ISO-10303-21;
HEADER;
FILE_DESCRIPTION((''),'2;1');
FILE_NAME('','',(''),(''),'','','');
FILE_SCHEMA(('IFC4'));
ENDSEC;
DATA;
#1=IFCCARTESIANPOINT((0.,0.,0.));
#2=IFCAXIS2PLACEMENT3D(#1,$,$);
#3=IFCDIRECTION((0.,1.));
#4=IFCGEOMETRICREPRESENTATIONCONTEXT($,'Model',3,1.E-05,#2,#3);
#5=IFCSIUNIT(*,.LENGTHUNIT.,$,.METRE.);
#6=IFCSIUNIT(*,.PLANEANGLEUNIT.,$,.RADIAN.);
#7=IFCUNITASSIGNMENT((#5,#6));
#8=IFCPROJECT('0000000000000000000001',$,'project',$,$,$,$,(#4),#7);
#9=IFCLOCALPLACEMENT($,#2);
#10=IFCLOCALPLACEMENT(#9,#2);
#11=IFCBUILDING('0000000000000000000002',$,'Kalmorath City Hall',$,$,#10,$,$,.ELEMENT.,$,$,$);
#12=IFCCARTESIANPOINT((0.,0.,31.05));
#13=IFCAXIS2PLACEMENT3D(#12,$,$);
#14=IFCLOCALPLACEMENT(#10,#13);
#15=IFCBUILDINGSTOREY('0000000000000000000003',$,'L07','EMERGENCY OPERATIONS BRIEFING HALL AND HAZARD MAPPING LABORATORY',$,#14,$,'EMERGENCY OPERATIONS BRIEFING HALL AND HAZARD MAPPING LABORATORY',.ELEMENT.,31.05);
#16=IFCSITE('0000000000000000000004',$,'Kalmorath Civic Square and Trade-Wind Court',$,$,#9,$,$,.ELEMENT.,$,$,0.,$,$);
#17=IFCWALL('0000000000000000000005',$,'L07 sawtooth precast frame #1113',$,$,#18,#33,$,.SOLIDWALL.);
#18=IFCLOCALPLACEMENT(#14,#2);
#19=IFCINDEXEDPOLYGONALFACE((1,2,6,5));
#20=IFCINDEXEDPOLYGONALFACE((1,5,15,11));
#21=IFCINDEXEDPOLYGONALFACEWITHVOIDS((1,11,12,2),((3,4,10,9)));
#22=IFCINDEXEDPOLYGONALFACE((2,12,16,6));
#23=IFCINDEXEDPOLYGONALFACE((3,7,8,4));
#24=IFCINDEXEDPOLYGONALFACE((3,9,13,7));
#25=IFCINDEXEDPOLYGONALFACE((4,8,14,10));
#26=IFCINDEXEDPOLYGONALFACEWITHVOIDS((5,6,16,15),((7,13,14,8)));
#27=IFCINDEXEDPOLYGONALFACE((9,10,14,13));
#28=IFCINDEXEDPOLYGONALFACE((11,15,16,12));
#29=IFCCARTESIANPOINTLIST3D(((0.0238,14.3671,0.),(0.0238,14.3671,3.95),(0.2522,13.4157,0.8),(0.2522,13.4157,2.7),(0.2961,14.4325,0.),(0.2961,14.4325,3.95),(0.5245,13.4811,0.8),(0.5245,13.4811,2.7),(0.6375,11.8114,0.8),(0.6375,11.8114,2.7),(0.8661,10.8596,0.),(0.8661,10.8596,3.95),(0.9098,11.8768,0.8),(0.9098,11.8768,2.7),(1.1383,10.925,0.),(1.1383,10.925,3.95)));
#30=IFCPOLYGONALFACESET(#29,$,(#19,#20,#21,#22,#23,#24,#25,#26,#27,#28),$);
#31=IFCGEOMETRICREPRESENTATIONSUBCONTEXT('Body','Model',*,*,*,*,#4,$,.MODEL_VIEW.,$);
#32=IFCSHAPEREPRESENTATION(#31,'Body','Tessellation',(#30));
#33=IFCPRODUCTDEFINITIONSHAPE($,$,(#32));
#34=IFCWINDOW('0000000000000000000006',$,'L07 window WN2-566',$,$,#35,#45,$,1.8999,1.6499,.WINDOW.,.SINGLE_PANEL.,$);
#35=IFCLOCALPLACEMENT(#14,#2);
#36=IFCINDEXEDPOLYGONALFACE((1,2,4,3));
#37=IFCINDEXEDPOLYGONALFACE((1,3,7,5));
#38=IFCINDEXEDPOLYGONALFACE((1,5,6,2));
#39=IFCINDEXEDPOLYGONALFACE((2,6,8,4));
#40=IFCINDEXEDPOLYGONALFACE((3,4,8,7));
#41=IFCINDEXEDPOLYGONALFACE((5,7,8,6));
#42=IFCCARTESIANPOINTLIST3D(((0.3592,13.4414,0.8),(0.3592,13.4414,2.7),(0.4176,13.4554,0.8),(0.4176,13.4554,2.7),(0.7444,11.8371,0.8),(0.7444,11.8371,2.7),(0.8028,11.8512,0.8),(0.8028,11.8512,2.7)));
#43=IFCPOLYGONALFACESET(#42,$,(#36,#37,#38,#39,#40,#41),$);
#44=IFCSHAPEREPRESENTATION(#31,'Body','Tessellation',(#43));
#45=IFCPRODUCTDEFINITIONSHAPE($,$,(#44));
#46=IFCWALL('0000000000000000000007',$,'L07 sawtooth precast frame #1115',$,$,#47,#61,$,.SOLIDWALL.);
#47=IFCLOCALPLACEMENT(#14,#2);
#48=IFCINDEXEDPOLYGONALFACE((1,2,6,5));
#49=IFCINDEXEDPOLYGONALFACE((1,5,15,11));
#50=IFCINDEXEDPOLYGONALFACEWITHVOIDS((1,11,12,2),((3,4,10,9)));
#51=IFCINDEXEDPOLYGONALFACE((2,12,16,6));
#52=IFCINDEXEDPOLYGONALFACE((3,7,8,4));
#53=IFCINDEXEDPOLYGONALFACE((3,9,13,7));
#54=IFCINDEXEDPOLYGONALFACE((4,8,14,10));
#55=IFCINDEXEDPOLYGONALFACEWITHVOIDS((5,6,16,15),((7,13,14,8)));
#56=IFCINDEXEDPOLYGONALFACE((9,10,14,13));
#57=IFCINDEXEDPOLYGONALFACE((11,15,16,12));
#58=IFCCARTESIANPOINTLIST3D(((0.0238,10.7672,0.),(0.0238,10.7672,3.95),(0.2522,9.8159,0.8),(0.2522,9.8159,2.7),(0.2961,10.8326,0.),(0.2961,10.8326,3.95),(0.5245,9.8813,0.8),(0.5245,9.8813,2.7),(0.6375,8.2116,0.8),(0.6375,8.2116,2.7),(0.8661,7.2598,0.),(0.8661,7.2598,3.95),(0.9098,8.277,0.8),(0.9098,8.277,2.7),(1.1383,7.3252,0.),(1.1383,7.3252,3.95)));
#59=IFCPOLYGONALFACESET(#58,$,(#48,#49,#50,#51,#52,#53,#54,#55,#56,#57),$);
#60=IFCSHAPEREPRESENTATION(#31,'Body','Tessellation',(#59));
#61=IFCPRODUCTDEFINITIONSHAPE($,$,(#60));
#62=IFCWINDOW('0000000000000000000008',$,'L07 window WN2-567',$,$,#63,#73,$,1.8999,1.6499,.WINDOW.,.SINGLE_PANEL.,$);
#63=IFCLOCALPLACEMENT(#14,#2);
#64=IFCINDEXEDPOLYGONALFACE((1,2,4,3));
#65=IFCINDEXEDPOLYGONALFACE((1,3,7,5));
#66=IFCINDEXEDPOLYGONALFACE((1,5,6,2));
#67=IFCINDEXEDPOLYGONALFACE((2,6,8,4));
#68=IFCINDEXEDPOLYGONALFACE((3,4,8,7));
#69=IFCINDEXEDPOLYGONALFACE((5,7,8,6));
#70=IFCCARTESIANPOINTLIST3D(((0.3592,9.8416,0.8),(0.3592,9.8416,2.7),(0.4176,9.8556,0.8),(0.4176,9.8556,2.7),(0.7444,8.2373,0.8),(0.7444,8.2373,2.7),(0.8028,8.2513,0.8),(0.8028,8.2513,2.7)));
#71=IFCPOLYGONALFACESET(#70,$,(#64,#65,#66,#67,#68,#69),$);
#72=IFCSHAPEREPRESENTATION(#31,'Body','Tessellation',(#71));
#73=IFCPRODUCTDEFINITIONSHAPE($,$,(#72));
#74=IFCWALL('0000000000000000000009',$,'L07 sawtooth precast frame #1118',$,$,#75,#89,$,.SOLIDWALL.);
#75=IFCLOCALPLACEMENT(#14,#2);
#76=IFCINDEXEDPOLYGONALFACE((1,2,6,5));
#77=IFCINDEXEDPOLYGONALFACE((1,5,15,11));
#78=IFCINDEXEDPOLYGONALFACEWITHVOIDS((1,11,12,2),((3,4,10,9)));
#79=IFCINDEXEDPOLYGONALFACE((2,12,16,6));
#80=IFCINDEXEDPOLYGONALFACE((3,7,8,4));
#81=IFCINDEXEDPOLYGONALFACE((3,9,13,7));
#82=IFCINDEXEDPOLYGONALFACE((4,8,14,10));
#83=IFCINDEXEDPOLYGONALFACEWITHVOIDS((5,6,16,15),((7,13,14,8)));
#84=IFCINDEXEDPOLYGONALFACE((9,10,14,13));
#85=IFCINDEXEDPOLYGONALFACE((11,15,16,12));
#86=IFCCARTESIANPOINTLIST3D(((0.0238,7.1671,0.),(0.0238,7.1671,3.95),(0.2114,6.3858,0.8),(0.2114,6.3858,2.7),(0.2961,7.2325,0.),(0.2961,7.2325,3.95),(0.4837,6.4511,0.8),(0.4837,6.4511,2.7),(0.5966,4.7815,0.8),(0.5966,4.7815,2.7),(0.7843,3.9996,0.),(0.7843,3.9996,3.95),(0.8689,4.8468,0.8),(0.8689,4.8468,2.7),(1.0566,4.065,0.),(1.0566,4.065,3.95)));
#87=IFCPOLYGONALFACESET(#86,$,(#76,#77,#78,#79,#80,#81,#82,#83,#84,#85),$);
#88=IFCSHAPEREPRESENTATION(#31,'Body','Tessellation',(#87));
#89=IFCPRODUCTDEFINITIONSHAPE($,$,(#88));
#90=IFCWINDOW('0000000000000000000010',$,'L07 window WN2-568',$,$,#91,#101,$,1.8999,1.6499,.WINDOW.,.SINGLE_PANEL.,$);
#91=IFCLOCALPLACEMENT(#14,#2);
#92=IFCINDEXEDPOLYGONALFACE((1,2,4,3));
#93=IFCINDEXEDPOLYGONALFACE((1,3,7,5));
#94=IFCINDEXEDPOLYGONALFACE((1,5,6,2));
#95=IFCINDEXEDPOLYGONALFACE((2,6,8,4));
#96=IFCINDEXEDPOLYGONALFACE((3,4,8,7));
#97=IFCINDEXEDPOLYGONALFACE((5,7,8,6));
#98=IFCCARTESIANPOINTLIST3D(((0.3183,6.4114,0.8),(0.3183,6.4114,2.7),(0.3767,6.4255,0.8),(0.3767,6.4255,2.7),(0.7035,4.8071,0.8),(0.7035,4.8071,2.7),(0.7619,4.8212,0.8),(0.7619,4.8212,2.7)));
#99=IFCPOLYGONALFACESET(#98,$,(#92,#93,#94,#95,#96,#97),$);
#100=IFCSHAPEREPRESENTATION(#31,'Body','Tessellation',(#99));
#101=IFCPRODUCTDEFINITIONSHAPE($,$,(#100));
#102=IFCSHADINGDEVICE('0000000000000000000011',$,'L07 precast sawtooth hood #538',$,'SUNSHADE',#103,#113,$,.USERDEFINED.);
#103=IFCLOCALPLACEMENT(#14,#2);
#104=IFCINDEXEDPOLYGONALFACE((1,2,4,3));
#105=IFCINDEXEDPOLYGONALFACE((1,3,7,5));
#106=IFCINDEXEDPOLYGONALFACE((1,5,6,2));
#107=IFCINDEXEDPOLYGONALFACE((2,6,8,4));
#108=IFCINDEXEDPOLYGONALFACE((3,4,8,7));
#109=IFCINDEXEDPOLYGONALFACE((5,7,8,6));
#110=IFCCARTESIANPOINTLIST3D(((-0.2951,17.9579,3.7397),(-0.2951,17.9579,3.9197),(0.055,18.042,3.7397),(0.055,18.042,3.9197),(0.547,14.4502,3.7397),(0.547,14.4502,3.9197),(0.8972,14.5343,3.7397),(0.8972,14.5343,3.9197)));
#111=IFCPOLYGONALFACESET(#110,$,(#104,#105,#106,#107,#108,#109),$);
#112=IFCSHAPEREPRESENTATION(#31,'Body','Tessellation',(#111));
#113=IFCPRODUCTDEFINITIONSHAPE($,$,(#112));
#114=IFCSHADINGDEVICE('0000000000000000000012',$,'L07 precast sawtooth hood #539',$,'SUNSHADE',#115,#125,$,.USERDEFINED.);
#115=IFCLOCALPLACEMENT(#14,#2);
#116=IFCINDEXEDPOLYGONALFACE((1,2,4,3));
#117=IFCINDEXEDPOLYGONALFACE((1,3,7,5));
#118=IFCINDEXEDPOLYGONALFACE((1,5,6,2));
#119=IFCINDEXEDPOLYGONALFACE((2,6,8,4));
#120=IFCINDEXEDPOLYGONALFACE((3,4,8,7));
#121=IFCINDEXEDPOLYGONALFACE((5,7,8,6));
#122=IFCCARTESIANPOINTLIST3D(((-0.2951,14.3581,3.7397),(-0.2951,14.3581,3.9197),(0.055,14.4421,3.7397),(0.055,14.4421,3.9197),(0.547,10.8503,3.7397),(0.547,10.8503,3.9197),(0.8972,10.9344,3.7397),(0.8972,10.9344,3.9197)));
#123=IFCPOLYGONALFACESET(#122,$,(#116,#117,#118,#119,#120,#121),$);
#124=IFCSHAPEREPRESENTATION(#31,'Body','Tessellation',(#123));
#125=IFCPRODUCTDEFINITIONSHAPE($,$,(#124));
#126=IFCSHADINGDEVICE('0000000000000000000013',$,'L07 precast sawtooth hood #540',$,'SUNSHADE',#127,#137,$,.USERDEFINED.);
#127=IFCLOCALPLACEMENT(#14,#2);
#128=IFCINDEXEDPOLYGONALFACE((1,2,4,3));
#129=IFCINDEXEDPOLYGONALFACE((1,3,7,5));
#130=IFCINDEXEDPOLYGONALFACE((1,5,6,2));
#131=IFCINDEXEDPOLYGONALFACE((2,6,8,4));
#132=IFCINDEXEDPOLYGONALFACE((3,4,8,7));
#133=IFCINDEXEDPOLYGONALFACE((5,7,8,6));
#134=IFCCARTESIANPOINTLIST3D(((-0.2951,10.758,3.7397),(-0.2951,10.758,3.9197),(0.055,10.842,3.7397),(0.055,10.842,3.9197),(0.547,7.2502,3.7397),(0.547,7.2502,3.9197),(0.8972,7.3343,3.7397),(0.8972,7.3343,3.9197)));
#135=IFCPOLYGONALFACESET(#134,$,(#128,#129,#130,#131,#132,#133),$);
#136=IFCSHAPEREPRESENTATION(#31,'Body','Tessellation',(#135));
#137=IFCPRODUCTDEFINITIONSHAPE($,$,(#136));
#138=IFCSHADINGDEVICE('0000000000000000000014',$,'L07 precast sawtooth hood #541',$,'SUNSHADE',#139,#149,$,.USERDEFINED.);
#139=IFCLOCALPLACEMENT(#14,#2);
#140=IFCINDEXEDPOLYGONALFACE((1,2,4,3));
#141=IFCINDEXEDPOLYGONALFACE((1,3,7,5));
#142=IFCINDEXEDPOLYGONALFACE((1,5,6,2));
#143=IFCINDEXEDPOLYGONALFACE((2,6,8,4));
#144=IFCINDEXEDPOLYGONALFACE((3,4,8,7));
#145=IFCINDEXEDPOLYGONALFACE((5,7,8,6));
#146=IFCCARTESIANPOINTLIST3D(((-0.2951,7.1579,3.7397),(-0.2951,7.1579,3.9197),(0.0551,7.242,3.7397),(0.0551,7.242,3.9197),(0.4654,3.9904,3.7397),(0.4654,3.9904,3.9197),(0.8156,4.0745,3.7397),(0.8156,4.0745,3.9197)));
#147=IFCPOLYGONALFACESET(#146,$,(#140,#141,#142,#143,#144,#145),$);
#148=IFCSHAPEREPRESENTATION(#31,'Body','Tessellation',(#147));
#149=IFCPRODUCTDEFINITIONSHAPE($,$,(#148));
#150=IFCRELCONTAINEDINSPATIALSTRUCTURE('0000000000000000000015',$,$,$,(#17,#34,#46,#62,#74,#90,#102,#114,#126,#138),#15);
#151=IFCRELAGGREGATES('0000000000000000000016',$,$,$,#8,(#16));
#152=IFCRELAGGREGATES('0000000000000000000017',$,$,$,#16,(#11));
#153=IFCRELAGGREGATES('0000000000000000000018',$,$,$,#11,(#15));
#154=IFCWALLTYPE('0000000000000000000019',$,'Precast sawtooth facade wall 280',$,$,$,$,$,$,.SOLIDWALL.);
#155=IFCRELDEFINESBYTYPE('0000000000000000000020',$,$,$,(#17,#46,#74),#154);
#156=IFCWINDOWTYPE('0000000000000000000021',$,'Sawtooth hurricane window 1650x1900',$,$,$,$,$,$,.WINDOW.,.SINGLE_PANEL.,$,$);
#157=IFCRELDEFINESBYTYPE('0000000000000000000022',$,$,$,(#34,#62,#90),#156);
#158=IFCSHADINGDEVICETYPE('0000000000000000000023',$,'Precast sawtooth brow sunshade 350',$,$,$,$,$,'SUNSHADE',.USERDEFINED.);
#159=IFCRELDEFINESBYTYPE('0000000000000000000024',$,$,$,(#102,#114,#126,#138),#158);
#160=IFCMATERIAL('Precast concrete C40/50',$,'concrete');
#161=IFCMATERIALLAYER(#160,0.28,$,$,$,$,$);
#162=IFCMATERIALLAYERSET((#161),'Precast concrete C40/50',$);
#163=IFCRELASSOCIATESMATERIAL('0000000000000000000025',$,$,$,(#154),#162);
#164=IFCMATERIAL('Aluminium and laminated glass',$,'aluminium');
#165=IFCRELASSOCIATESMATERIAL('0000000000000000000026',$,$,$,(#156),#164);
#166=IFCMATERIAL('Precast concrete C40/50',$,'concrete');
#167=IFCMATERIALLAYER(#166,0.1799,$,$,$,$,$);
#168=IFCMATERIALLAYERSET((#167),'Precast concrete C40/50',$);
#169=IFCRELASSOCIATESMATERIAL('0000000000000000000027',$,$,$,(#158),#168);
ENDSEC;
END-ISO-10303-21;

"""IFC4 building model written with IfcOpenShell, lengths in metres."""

from ifc_helpers import new_model, si_unit, direction, frame, frame_2d, origin, origin_2d, place, context, subcontext, project, spatial, rectangle, extrude, material, layer, layer_set, type_object, element, fill, save


model = new_model("IFC4")

# Units and contexts
model_context = context("Model", 3, precision=1e-05, world=origin(), true_north=direction((0.0, 1.0)))
body_context = subcontext(model_context, "Body", "Model", "MODEL_VIEW")
ifc_project = project(units=[si_unit("LENGTHUNIT", "METRE"), si_unit("PLANEANGLEUNIT", "RADIAN")], contexts=[model_context])

# Site, building, storey
site_placement = place(None, origin())
site = spatial("IfcSite", under=ifc_project, at=site_placement, Name="Kalmorath Civic Square and Trade-Wind Court", CompositionType="ELEMENT", RefElevation=0.0)
building_placement = place(site_placement, origin())
building = spatial("IfcBuilding", under=site, at=building_placement, Name="Kalmorath City Hall", CompositionType="ELEMENT")
storey_placement = place(building_placement, frame((0.0, 0.0, 31.05)))
storey = spatial("IfcBuildingStorey", under=building, at=storey_placement, Name="L07", Description="EMERGENCY OPERATIONS BRIEFING HALL AND HAZARD MAPPING LABORATORY", LongName="EMERGENCY OPERATIONS BRIEFING HALL AND HAZARD MAPPING LABORATORY", CompositionType="ELEMENT", Elevation=31.05)

# Walls, openings, windows
ifc_material_1 = material(Name="Precast concrete C40/50", Category="concrete")
ifc_layer_1 = layer(ifc_material_1, 0.28)
ifc_layer_set_1 = layer_set([ifc_layer_1], Name="Precast concrete C40/50")
wall_type = type_object("IfcWallType", Name="Precast sawtooth facade wall 280", PredefinedType="SOLIDWALL", material=ifc_layer_set_1)
wall_1_placement = place(storey_placement, frame((0.1599, 14.3999, 0.0), z_axis=(0.0, 0.0, 1.0), x_axis=(0.233496, -0.972358, 0.0)))
wall_1 = element("IfcWall", 1, at=wall_1_placement, inside=storey, type_object=wall_type, Name="L07 sawtooth precast frame #1113", PredefinedType="SOLIDWALL", context=body_context, shape_type="SweptSolid", body=[
    extrude(rectangle(XDim=3.6072, YDim=0.28, at=frame_2d((1.8037, 0.0))), origin(), (0.0, 0.0, 1.0), 3.95),
])
opening_1_placement = place(wall_1_placement, frame((0.9785, 0.0, 0.8)))
opening_1 = element("IfcOpeningElement", 2, at=opening_1_placement, cuts=wall_1, PredefinedType="OPENING", context=body_context, shape_type="SweptSolid", body=[
    extrude(rectangle(XDim=1.6499, YDim=1.8999, at=frame_2d((0.825, 0.95))), frame((0.0, 0.1499, 0.0), z_axis=(0.0, -1.0, 0.0), x_axis=(1.0, 0.0, 0.0)), (0.0, 0.0, 1.0), 0.3),
])
ifc_material_2 = material(Name="Aluminium and laminated glass", Category="aluminium")
window_type = type_object("IfcWindowType", Name="Sawtooth hurricane window 1650x1900", PartitioningType="SINGLE_PANEL", PredefinedType="WINDOW", material=ifc_material_2)
window_1_placement = place(opening_1_placement, origin())
window_1 = element("IfcWindow", 3, at=window_1_placement, inside=storey, type_object=window_type, Name="L07 window WN2-566", OverallHeight=1.8999, OverallWidth=1.6499, PartitioningType="SINGLE_PANEL", PredefinedType="WINDOW", context=body_context, shape_type="SweptSolid", body=[
    extrude(rectangle(XDim=1.6499, YDim=1.8999, at=frame_2d((0.825, 0.95))), frame((0.0, 0.03, 0.0), z_axis=(0.0, -1.0, 0.0), x_axis=(1.0, 0.0, 0.0)), (0.0, 0.0, 1.0), 0.0601),
])
fill(opening_1, window_1)
wall_2_placement = place(storey_placement, frame((0.1599, 10.8, 0.0), z_axis=(0.0, 0.0, 1.0), x_axis=(0.233496, -0.972358, 0.0)))
wall_2 = element("IfcWall", 4, at=wall_2_placement, inside=storey, type_object=wall_type, Name="L07 sawtooth precast frame #1115", PredefinedType="SOLIDWALL", context=body_context, shape_type="SweptSolid", body=[
    extrude(rectangle(XDim=3.6072, YDim=0.28, at=frame_2d((1.8037, 0.0))), origin(), (0.0, 0.0, 1.0), 3.95),
])
opening_2_placement = place(wall_2_placement, frame((0.9785, 0.0, 0.8)))
opening_2 = element("IfcOpeningElement", 5, at=opening_2_placement, cuts=wall_2, PredefinedType="OPENING", context=body_context, shape_type="SweptSolid", body=[
    extrude(rectangle(XDim=1.6499, YDim=1.8999, at=frame_2d((0.825, 0.95))), frame((0.0, 0.1499, 0.0), z_axis=(0.0, -1.0, 0.0), x_axis=(1.0, 0.0, 0.0)), (0.0, 0.0, 1.0), 0.3),
])
window_2_placement = place(opening_2_placement, origin())
window_2 = element("IfcWindow", 6, at=window_2_placement, inside=storey, type_object=window_type, Name="L07 window WN2-567", OverallHeight=1.8999, OverallWidth=1.6499, PartitioningType="SINGLE_PANEL", PredefinedType="WINDOW", context=body_context, shape_type="SweptSolid", body=[
    extrude(rectangle(XDim=1.6499, YDim=1.8999, at=frame_2d((0.825, 0.95))), frame((0.0, 0.03, 0.0), z_axis=(0.0, -1.0, 0.0), x_axis=(1.0, 0.0, 0.0)), (0.0, 0.0, 1.0), 0.0601),
])
fill(opening_2, window_2)
wall_3_placement = place(storey_placement, frame((0.1599, 7.2, 0.0), z_axis=(0.0, 0.0, 1.0), x_axis=(0.233461, -0.972366, 0.0)))
wall_3 = element("IfcWall", 7, at=wall_3_placement, inside=storey, type_object=wall_type, Name="L07 sawtooth precast frame #1118", PredefinedType="SOLIDWALL", context=body_context, shape_type="SweptSolid", body=[
    extrude(rectangle(XDim=3.2576, YDim=0.28, at=frame_2d((1.6289, 0.0))), origin(), (0.0, 0.0, 1.0), 3.95),
])
opening_3_placement = place(wall_3_placement, frame((0.8037, 0.0, 0.8)))
opening_3 = element("IfcOpeningElement", 8, at=opening_3_placement, cuts=wall_3, PredefinedType="OPENING", context=body_context, shape_type="SweptSolid", body=[
    extrude(rectangle(XDim=1.6499, YDim=1.8999, at=frame_2d((0.825, 0.95))), frame((0.0, 0.1499, 0.0), z_axis=(0.0, -1.0, 0.0), x_axis=(1.0, 0.0, 0.0)), (0.0, 0.0, 1.0), 0.3),
])
window_3_placement = place(opening_3_placement, origin())
window_3 = element("IfcWindow", 9, at=window_3_placement, inside=storey, type_object=window_type, Name="L07 window WN2-568", OverallHeight=1.8999, OverallWidth=1.6499, PartitioningType="SINGLE_PANEL", PredefinedType="WINDOW", context=body_context, shape_type="SweptSolid", body=[
    extrude(rectangle(XDim=1.6499, YDim=1.8999, at=frame_2d((0.825, 0.95))), frame((0.0, 0.03, 0.0), z_axis=(0.0, -1.0, 0.0), x_axis=(1.0, 0.0, 0.0)), (0.0, 0.0, 1.0), 0.0601),
])
fill(opening_3, window_3)

# Shading devices
ifc_material_3 = material(Name="Precast concrete C40/50", Category="concrete")
ifc_layer_2 = layer(ifc_material_3, 0.1799)
ifc_layer_set_2 = layer_set([ifc_layer_2], Name="Precast concrete C40/50")
shading_device_type = type_object("IfcShadingDeviceType", Name="Precast sawtooth brow sunshade 350", ElementType="SUNSHADE", PredefinedType="USERDEFINED", material=ifc_layer_set_2)
for number, where, z_axis, x_axis, name in (
    (10, (0.301, 16.2461, 3.7397), (0.0, 0.0, 1.0), (0.233445, -0.97237, 0.0), "L07 precast sawtooth hood #538"),
    (11, (0.301, 12.6462, 3.7397), (0.0, 0.0, 1.0), (0.233445, -0.97237, 0.0), "L07 precast sawtooth hood #539"),
    (12, (0.301, 9.0461, 3.7397), (0.0, 0.0, 1.0), (0.233445, -0.97237, 0.0), "L07 precast sawtooth hood #540"),
):
    element("IfcShadingDevice", number, at=place(storey_placement, frame(where, z_axis=z_axis, x_axis=x_axis)), inside=storey, type_object=shading_device_type, Name=name, ObjectType="SUNSHADE", PredefinedType="USERDEFINED", context=body_context, shape_type="SweptSolid", body=[
        extrude(rectangle(XDim=3.6074, YDim=0.3601, at=origin_2d()), origin(), (0.0, 0.0, 1.0), 0.1799),
    ])
shading_device_placement = place(storey_placement, frame((0.2603, 5.6162, 3.7397), z_axis=(0.0, 0.0, 1.0), x_axis=(0.233462, -0.972366, 0.0)))
element("IfcShadingDevice", 13, at=shading_device_placement, inside=storey, type_object=shading_device_type, Name="L07 precast sawtooth hood #541", ObjectType="SUNSHADE", PredefinedType="USERDEFINED", context=body_context, shape_type="SweptSolid", body=[
    extrude(rectangle(XDim=3.2576, YDim=0.3601, at=origin_2d()), origin(), (0.0, 0.0, 1.0), 0.1799),
])

save(model, "model.ifc")
